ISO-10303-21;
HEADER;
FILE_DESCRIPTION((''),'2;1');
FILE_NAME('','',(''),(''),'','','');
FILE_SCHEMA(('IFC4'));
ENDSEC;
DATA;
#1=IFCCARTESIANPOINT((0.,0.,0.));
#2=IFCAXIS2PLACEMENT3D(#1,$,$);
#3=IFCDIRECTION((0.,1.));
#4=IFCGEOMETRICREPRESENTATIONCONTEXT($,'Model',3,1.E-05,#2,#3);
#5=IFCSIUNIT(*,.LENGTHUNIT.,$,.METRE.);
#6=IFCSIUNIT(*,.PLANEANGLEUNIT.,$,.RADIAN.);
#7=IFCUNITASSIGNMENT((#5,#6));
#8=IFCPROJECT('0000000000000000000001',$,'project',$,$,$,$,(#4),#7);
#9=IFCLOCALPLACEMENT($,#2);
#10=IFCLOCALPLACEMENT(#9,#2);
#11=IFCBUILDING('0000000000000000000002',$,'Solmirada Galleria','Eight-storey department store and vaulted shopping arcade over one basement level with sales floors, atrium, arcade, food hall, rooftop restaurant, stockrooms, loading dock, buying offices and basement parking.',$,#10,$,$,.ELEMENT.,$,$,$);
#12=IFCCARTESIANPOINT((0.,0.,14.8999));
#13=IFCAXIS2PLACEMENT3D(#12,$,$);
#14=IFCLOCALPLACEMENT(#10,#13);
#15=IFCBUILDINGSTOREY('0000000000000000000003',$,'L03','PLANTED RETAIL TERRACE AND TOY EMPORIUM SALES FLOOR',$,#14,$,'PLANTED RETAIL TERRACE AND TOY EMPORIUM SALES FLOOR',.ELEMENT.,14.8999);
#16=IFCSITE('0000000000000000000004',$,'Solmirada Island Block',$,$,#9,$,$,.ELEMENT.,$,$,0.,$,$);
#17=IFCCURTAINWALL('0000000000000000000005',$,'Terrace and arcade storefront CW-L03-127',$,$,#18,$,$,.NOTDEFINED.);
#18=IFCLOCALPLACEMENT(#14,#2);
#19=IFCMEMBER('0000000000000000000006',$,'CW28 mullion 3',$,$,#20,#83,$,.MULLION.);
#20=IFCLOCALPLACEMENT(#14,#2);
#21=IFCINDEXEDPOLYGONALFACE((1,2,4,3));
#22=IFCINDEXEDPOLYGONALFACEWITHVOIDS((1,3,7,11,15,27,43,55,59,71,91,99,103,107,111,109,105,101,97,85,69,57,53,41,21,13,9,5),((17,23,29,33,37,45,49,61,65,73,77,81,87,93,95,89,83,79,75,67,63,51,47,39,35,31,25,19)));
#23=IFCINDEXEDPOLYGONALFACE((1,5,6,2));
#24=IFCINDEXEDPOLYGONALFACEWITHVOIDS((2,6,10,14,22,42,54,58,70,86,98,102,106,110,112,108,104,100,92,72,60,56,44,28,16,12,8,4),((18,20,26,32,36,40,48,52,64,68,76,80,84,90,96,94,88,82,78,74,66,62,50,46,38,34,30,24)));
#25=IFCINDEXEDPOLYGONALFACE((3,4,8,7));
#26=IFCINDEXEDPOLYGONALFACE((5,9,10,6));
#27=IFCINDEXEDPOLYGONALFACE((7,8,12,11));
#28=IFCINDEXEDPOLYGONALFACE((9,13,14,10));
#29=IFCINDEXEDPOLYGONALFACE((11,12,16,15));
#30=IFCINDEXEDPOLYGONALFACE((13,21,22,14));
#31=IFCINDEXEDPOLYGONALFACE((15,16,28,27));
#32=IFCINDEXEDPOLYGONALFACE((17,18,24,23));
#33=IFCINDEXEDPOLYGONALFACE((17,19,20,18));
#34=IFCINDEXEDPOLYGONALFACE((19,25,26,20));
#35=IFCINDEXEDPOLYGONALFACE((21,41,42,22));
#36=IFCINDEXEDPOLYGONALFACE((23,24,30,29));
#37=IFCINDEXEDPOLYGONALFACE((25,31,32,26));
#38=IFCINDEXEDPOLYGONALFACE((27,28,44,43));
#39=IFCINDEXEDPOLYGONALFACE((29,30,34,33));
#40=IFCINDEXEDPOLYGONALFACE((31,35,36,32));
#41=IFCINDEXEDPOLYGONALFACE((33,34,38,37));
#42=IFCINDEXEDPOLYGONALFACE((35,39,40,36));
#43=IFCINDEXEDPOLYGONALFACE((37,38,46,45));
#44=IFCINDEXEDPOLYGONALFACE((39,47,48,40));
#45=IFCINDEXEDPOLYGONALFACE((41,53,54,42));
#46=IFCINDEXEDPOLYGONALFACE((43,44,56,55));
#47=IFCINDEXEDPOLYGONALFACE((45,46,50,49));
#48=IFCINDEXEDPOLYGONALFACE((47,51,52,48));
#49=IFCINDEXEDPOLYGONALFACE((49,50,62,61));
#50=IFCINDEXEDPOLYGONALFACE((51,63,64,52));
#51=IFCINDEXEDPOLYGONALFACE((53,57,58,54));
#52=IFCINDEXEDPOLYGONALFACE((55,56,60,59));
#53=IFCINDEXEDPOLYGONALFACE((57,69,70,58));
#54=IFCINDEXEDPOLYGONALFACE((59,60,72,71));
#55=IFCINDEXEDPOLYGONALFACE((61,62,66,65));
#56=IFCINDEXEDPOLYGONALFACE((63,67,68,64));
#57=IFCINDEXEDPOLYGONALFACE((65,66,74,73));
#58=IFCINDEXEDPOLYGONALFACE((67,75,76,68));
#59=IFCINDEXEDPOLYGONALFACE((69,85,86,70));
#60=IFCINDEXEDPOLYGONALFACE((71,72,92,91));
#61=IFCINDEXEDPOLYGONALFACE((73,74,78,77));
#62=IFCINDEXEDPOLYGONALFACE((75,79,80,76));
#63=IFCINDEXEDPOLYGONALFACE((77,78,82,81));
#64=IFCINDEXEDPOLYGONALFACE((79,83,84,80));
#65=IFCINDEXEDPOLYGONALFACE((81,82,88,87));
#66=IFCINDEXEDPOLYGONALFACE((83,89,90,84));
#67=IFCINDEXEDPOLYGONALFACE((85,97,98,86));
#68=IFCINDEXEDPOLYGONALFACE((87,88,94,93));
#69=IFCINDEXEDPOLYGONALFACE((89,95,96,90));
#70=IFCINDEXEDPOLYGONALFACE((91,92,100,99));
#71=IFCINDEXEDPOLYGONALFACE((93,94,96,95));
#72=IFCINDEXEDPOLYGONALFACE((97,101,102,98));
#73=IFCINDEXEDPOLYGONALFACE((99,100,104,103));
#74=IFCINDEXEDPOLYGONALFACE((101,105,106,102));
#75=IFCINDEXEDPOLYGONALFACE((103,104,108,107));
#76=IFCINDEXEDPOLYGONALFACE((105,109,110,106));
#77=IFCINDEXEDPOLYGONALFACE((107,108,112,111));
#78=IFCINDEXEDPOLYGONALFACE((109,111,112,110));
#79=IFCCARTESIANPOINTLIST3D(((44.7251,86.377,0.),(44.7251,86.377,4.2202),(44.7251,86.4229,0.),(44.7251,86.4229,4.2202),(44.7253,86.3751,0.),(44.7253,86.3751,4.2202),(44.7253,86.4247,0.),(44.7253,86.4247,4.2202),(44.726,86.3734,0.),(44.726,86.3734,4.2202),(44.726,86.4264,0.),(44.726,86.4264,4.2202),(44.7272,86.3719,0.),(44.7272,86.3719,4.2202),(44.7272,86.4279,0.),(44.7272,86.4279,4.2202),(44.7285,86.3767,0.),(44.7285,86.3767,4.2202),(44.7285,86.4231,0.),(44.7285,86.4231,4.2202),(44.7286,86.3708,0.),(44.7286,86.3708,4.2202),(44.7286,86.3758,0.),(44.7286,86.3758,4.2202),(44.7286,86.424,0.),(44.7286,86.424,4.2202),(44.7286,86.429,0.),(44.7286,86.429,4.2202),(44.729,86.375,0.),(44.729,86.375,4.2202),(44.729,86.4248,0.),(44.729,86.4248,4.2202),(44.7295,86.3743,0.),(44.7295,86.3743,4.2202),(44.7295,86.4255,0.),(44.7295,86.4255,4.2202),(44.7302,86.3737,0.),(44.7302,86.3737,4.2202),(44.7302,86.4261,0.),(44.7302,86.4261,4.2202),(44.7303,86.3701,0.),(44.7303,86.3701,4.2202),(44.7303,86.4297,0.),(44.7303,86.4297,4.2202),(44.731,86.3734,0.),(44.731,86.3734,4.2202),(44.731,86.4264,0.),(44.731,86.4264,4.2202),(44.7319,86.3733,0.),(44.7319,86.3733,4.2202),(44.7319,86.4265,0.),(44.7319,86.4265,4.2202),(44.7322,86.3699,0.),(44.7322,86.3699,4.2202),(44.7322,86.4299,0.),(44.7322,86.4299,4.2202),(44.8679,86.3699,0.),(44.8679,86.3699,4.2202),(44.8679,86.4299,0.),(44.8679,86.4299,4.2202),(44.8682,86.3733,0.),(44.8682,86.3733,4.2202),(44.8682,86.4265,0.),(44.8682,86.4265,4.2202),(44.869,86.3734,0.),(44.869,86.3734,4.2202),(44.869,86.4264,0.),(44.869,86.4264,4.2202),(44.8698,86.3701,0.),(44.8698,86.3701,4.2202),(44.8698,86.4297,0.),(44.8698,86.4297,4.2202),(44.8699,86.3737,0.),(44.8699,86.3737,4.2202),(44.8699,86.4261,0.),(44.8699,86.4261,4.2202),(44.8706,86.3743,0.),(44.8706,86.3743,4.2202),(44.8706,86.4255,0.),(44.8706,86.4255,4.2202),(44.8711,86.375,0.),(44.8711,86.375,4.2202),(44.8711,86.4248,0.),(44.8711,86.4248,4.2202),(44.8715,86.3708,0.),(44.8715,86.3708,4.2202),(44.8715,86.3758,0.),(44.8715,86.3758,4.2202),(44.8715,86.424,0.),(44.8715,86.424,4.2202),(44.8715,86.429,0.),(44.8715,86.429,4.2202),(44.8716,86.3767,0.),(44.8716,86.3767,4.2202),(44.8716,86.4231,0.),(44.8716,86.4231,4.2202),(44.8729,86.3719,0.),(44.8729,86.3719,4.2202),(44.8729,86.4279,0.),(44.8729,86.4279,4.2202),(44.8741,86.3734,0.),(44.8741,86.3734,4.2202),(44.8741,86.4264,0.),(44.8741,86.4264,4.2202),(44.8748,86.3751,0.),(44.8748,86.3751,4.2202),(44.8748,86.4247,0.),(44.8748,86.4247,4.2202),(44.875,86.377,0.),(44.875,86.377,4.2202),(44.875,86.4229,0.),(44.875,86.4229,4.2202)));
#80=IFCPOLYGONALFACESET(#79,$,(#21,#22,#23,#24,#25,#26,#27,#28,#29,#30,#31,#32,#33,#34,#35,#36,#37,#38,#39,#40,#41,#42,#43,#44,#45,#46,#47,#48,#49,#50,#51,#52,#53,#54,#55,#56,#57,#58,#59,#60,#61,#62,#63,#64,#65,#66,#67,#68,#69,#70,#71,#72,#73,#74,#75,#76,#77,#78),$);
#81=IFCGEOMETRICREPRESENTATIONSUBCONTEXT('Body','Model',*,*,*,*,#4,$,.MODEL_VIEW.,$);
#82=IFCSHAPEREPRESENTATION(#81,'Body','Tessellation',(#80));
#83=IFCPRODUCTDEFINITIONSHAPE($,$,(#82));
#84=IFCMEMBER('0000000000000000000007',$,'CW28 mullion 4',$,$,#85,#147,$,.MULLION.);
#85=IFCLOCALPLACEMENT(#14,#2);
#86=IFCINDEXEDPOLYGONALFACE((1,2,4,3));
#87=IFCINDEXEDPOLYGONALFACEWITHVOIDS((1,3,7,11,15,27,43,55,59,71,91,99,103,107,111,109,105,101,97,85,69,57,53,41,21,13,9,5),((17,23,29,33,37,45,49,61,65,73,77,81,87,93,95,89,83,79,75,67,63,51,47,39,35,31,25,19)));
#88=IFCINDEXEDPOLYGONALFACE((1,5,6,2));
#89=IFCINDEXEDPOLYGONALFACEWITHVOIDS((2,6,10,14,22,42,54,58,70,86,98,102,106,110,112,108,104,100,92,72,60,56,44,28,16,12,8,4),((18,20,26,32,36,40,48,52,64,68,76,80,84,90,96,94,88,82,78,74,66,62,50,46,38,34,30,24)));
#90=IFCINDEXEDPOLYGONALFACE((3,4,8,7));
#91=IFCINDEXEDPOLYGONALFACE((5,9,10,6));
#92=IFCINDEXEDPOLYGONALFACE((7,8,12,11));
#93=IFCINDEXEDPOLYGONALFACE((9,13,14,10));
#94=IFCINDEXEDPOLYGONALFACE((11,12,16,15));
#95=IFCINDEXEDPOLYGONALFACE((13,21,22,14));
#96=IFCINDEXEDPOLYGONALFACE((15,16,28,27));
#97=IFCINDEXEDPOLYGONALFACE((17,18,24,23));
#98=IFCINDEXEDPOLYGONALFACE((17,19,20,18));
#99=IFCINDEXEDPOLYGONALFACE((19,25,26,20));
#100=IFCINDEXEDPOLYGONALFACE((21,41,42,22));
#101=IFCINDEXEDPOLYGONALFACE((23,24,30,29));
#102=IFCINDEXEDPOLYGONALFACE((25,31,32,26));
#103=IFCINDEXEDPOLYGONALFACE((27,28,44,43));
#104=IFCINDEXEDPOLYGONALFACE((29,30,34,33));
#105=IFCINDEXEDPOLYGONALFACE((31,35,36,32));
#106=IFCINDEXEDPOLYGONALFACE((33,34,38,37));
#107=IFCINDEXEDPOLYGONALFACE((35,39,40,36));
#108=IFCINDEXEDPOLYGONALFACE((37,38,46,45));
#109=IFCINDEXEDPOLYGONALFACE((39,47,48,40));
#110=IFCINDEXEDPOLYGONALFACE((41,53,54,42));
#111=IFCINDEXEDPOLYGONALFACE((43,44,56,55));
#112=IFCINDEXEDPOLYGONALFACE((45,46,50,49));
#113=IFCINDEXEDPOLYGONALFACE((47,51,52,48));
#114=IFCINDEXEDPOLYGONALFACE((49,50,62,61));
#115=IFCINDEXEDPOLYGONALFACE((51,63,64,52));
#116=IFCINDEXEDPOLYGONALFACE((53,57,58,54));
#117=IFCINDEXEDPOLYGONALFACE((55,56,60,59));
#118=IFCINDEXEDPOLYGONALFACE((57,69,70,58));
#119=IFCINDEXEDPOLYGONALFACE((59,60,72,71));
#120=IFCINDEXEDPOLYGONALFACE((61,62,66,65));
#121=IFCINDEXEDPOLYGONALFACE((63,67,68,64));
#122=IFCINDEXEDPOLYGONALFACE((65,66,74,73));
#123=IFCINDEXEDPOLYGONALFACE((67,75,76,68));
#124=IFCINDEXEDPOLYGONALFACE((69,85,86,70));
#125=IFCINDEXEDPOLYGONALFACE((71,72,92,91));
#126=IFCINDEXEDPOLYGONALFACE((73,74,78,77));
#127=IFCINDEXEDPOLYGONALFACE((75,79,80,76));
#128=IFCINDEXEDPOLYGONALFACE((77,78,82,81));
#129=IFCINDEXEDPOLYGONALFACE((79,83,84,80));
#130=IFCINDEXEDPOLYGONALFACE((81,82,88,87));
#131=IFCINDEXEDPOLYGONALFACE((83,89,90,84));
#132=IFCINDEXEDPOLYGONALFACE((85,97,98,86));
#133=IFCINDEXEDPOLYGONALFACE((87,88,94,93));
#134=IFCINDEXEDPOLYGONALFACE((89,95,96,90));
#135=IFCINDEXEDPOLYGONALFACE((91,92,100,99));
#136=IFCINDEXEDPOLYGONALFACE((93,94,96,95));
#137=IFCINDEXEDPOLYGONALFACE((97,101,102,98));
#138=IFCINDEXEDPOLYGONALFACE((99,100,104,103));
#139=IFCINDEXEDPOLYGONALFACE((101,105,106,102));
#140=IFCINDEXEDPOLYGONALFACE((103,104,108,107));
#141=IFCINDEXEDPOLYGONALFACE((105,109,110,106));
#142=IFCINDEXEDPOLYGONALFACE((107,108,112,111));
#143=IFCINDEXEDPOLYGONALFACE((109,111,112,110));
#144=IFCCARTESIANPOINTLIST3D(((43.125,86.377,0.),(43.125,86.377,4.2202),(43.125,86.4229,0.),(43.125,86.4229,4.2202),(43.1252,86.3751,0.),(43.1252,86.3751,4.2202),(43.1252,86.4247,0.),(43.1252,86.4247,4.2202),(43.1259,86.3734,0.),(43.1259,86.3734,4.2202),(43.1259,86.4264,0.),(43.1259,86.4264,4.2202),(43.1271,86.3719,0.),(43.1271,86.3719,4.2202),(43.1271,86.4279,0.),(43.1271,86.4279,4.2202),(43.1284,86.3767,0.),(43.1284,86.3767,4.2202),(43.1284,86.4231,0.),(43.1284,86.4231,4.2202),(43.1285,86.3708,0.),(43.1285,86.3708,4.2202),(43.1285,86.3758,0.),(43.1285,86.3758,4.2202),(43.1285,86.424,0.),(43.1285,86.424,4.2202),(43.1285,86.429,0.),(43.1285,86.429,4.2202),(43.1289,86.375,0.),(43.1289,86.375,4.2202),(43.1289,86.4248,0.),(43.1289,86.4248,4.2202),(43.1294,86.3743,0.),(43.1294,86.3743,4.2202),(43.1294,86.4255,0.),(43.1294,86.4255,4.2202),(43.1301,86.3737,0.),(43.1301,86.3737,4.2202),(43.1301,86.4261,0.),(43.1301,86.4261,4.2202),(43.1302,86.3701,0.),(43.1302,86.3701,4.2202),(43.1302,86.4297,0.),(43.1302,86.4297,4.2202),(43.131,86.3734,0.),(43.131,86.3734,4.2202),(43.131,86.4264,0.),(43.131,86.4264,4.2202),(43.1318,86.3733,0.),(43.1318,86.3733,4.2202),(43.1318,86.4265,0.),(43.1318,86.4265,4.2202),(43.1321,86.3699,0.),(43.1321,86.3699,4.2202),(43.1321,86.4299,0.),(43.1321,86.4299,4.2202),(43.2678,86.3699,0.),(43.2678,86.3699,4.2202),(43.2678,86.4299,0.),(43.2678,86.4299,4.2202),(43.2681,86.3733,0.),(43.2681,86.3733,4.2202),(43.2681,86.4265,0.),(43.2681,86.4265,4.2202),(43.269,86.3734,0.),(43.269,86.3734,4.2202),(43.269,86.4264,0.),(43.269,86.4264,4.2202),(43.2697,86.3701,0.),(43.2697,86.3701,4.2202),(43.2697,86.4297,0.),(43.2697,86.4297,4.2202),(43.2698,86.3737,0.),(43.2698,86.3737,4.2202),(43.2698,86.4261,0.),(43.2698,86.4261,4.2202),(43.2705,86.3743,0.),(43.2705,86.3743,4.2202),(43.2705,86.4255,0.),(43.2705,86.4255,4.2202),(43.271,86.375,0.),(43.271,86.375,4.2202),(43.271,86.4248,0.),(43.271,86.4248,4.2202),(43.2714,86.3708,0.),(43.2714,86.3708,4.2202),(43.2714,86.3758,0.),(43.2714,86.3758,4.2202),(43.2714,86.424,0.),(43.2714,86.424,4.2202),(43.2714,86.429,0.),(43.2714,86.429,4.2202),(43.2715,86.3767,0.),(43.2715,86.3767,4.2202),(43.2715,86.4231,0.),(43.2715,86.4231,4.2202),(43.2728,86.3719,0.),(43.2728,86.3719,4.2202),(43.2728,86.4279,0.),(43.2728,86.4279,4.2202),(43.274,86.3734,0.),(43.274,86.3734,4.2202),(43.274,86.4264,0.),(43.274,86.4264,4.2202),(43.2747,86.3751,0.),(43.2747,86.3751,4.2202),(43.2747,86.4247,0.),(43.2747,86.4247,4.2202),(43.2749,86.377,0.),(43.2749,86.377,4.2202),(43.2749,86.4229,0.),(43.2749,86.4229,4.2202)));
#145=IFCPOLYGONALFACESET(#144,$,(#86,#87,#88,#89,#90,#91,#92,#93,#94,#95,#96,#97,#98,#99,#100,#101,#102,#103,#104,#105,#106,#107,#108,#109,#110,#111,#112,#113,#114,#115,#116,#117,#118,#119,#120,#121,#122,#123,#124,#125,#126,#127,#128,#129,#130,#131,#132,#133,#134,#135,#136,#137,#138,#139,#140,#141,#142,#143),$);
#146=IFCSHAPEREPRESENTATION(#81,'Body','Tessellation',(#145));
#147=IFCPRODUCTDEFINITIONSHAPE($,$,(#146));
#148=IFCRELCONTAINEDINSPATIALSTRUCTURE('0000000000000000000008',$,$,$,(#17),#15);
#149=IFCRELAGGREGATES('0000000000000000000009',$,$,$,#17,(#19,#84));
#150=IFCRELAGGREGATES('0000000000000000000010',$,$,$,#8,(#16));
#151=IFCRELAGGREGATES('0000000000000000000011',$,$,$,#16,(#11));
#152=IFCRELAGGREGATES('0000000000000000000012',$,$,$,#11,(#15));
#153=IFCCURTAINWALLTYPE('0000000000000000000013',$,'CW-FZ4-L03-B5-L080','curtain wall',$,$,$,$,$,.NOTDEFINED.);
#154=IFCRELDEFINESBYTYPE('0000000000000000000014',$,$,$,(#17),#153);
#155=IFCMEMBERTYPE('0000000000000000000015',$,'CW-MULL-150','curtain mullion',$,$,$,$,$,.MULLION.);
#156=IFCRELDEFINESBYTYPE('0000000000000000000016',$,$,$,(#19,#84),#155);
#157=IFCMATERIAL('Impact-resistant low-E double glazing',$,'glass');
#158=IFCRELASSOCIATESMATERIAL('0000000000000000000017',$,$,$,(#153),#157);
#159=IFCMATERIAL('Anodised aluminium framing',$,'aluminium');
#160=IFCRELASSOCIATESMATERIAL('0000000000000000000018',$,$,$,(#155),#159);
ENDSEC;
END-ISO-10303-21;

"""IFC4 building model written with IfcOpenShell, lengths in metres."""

from ifc_helpers import new_model, si_unit, direction, frame, origin, origin_2d, place, context, subcontext, project, spatial, hollow_rectangle, extrude, material, material_profile, profile_set, type_object, element, aggregate, save


model = new_model("IFC4")

# Units and contexts
model_context = context("Model", 3, precision=1e-05, world=origin(), true_north=direction((0.0, 1.0)))
body_context = subcontext(model_context, "Body", "Model", "MODEL_VIEW")
ifc_project = project(units=[si_unit("LENGTHUNIT", "METRE"), si_unit("PLANEANGLEUNIT", "RADIAN")], contexts=[model_context])

# Site, building, storey
site_placement = place(None, origin())
site = spatial("IfcSite", under=ifc_project, at=site_placement, Name="Solmirada Island Block", CompositionType="ELEMENT", RefElevation=0.0)
building_placement = place(site_placement, origin())
building = spatial("IfcBuilding", under=site, at=building_placement, Name="Solmirada Galleria", Description="Eight-storey department store and vaulted shopping arcade over one basement level with sales floors, atrium, arcade, food hall, rooftop restaurant, stockrooms, loading dock, buying offices and basement parking.", CompositionType="ELEMENT")
storey_placement = place(building_placement, frame((0.0, 0.0, 14.8999)))
storey = spatial("IfcBuildingStorey", under=building, at=storey_placement, Name="L03", Description="PLANTED RETAIL TERRACE AND TOY EMPORIUM SALES FLOOR", LongName="PLANTED RETAIL TERRACE AND TOY EMPORIUM SALES FLOOR", CompositionType="ELEMENT", Elevation=14.8999)

# Curtain wall, members
ifc_material_1 = material(Name="Impact-resistant low-E double glazing", Category="glass")
curtain_wall_type = type_object("IfcCurtainWallType", Name="CW-FZ4-L03-B5-L080", Description="curtain wall", PredefinedType="NOTDEFINED", material=ifc_material_1)
curtain_wall_placement = place(storey_placement, origin())
curtain_wall = element("IfcCurtainWall", 1, at=curtain_wall_placement, inside=storey, type_object=curtain_wall_type, Name="Terrace and arcade storefront CW-L03-127", PredefinedType="NOTDEFINED")
ifc_material_2 = material(Name="Anodised aluminium framing", Category="aluminium")
ifc_material_profile_1 = material_profile(ifc_material_2, hollow_rectangle(XDim=0.0601, YDim=0.1499, WallThickness=0.0034, InnerFilletRadius=0.0034, OuterFilletRadius=0.0071, at=origin_2d()), Name="ALU-MULL-150X60")
ifc_profile_set_1 = profile_set([ifc_material_profile_1], Name="Anodised aluminium framing")
member_type_1 = type_object("IfcMemberType", Name="CW-MULL-150", Description="curtain mullion", PredefinedType="MULLION", material=ifc_profile_set_1)
member_1_placement = place(storey_placement, frame((44.8, 86.3999, 0.0), z_axis=(0.0, 0.0, 1.0), x_axis=(0.0, -1.0, 0.0)))
member_1 = element("IfcMember", 2, at=member_1_placement, type_object=member_type_1, Name="CW28 mullion 3", PredefinedType="MULLION", context=body_context, shape_type="SweptSolid", body=[
    extrude(hollow_rectangle(XDim=0.0601, YDim=0.1499, WallThickness=0.0034, InnerFilletRadius=0.0034, OuterFilletRadius=0.0071, at=origin_2d()), origin(), (0.0, 0.0, 1.0), 4.2202),
])
member_2_placement = place(storey_placement, frame((43.2, 86.3999, 0.0), z_axis=(0.0, 0.0, 1.0), x_axis=(0.0, -1.0, 0.0)))
member_2 = element("IfcMember", 3, at=member_2_placement, type_object=member_type_1, Name="CW28 mullion 4", PredefinedType="MULLION", context=body_context, shape_type="SweptSolid", body=[
    extrude(hollow_rectangle(XDim=0.0601, YDim=0.1499, WallThickness=0.0034, InnerFilletRadius=0.0034, OuterFilletRadius=0.0071, at=origin_2d()), origin(), (0.0, 0.0, 1.0), 4.2202),
])
aggregate(curtain_wall, [member_1, member_2])

save(model, "model.ifc")
